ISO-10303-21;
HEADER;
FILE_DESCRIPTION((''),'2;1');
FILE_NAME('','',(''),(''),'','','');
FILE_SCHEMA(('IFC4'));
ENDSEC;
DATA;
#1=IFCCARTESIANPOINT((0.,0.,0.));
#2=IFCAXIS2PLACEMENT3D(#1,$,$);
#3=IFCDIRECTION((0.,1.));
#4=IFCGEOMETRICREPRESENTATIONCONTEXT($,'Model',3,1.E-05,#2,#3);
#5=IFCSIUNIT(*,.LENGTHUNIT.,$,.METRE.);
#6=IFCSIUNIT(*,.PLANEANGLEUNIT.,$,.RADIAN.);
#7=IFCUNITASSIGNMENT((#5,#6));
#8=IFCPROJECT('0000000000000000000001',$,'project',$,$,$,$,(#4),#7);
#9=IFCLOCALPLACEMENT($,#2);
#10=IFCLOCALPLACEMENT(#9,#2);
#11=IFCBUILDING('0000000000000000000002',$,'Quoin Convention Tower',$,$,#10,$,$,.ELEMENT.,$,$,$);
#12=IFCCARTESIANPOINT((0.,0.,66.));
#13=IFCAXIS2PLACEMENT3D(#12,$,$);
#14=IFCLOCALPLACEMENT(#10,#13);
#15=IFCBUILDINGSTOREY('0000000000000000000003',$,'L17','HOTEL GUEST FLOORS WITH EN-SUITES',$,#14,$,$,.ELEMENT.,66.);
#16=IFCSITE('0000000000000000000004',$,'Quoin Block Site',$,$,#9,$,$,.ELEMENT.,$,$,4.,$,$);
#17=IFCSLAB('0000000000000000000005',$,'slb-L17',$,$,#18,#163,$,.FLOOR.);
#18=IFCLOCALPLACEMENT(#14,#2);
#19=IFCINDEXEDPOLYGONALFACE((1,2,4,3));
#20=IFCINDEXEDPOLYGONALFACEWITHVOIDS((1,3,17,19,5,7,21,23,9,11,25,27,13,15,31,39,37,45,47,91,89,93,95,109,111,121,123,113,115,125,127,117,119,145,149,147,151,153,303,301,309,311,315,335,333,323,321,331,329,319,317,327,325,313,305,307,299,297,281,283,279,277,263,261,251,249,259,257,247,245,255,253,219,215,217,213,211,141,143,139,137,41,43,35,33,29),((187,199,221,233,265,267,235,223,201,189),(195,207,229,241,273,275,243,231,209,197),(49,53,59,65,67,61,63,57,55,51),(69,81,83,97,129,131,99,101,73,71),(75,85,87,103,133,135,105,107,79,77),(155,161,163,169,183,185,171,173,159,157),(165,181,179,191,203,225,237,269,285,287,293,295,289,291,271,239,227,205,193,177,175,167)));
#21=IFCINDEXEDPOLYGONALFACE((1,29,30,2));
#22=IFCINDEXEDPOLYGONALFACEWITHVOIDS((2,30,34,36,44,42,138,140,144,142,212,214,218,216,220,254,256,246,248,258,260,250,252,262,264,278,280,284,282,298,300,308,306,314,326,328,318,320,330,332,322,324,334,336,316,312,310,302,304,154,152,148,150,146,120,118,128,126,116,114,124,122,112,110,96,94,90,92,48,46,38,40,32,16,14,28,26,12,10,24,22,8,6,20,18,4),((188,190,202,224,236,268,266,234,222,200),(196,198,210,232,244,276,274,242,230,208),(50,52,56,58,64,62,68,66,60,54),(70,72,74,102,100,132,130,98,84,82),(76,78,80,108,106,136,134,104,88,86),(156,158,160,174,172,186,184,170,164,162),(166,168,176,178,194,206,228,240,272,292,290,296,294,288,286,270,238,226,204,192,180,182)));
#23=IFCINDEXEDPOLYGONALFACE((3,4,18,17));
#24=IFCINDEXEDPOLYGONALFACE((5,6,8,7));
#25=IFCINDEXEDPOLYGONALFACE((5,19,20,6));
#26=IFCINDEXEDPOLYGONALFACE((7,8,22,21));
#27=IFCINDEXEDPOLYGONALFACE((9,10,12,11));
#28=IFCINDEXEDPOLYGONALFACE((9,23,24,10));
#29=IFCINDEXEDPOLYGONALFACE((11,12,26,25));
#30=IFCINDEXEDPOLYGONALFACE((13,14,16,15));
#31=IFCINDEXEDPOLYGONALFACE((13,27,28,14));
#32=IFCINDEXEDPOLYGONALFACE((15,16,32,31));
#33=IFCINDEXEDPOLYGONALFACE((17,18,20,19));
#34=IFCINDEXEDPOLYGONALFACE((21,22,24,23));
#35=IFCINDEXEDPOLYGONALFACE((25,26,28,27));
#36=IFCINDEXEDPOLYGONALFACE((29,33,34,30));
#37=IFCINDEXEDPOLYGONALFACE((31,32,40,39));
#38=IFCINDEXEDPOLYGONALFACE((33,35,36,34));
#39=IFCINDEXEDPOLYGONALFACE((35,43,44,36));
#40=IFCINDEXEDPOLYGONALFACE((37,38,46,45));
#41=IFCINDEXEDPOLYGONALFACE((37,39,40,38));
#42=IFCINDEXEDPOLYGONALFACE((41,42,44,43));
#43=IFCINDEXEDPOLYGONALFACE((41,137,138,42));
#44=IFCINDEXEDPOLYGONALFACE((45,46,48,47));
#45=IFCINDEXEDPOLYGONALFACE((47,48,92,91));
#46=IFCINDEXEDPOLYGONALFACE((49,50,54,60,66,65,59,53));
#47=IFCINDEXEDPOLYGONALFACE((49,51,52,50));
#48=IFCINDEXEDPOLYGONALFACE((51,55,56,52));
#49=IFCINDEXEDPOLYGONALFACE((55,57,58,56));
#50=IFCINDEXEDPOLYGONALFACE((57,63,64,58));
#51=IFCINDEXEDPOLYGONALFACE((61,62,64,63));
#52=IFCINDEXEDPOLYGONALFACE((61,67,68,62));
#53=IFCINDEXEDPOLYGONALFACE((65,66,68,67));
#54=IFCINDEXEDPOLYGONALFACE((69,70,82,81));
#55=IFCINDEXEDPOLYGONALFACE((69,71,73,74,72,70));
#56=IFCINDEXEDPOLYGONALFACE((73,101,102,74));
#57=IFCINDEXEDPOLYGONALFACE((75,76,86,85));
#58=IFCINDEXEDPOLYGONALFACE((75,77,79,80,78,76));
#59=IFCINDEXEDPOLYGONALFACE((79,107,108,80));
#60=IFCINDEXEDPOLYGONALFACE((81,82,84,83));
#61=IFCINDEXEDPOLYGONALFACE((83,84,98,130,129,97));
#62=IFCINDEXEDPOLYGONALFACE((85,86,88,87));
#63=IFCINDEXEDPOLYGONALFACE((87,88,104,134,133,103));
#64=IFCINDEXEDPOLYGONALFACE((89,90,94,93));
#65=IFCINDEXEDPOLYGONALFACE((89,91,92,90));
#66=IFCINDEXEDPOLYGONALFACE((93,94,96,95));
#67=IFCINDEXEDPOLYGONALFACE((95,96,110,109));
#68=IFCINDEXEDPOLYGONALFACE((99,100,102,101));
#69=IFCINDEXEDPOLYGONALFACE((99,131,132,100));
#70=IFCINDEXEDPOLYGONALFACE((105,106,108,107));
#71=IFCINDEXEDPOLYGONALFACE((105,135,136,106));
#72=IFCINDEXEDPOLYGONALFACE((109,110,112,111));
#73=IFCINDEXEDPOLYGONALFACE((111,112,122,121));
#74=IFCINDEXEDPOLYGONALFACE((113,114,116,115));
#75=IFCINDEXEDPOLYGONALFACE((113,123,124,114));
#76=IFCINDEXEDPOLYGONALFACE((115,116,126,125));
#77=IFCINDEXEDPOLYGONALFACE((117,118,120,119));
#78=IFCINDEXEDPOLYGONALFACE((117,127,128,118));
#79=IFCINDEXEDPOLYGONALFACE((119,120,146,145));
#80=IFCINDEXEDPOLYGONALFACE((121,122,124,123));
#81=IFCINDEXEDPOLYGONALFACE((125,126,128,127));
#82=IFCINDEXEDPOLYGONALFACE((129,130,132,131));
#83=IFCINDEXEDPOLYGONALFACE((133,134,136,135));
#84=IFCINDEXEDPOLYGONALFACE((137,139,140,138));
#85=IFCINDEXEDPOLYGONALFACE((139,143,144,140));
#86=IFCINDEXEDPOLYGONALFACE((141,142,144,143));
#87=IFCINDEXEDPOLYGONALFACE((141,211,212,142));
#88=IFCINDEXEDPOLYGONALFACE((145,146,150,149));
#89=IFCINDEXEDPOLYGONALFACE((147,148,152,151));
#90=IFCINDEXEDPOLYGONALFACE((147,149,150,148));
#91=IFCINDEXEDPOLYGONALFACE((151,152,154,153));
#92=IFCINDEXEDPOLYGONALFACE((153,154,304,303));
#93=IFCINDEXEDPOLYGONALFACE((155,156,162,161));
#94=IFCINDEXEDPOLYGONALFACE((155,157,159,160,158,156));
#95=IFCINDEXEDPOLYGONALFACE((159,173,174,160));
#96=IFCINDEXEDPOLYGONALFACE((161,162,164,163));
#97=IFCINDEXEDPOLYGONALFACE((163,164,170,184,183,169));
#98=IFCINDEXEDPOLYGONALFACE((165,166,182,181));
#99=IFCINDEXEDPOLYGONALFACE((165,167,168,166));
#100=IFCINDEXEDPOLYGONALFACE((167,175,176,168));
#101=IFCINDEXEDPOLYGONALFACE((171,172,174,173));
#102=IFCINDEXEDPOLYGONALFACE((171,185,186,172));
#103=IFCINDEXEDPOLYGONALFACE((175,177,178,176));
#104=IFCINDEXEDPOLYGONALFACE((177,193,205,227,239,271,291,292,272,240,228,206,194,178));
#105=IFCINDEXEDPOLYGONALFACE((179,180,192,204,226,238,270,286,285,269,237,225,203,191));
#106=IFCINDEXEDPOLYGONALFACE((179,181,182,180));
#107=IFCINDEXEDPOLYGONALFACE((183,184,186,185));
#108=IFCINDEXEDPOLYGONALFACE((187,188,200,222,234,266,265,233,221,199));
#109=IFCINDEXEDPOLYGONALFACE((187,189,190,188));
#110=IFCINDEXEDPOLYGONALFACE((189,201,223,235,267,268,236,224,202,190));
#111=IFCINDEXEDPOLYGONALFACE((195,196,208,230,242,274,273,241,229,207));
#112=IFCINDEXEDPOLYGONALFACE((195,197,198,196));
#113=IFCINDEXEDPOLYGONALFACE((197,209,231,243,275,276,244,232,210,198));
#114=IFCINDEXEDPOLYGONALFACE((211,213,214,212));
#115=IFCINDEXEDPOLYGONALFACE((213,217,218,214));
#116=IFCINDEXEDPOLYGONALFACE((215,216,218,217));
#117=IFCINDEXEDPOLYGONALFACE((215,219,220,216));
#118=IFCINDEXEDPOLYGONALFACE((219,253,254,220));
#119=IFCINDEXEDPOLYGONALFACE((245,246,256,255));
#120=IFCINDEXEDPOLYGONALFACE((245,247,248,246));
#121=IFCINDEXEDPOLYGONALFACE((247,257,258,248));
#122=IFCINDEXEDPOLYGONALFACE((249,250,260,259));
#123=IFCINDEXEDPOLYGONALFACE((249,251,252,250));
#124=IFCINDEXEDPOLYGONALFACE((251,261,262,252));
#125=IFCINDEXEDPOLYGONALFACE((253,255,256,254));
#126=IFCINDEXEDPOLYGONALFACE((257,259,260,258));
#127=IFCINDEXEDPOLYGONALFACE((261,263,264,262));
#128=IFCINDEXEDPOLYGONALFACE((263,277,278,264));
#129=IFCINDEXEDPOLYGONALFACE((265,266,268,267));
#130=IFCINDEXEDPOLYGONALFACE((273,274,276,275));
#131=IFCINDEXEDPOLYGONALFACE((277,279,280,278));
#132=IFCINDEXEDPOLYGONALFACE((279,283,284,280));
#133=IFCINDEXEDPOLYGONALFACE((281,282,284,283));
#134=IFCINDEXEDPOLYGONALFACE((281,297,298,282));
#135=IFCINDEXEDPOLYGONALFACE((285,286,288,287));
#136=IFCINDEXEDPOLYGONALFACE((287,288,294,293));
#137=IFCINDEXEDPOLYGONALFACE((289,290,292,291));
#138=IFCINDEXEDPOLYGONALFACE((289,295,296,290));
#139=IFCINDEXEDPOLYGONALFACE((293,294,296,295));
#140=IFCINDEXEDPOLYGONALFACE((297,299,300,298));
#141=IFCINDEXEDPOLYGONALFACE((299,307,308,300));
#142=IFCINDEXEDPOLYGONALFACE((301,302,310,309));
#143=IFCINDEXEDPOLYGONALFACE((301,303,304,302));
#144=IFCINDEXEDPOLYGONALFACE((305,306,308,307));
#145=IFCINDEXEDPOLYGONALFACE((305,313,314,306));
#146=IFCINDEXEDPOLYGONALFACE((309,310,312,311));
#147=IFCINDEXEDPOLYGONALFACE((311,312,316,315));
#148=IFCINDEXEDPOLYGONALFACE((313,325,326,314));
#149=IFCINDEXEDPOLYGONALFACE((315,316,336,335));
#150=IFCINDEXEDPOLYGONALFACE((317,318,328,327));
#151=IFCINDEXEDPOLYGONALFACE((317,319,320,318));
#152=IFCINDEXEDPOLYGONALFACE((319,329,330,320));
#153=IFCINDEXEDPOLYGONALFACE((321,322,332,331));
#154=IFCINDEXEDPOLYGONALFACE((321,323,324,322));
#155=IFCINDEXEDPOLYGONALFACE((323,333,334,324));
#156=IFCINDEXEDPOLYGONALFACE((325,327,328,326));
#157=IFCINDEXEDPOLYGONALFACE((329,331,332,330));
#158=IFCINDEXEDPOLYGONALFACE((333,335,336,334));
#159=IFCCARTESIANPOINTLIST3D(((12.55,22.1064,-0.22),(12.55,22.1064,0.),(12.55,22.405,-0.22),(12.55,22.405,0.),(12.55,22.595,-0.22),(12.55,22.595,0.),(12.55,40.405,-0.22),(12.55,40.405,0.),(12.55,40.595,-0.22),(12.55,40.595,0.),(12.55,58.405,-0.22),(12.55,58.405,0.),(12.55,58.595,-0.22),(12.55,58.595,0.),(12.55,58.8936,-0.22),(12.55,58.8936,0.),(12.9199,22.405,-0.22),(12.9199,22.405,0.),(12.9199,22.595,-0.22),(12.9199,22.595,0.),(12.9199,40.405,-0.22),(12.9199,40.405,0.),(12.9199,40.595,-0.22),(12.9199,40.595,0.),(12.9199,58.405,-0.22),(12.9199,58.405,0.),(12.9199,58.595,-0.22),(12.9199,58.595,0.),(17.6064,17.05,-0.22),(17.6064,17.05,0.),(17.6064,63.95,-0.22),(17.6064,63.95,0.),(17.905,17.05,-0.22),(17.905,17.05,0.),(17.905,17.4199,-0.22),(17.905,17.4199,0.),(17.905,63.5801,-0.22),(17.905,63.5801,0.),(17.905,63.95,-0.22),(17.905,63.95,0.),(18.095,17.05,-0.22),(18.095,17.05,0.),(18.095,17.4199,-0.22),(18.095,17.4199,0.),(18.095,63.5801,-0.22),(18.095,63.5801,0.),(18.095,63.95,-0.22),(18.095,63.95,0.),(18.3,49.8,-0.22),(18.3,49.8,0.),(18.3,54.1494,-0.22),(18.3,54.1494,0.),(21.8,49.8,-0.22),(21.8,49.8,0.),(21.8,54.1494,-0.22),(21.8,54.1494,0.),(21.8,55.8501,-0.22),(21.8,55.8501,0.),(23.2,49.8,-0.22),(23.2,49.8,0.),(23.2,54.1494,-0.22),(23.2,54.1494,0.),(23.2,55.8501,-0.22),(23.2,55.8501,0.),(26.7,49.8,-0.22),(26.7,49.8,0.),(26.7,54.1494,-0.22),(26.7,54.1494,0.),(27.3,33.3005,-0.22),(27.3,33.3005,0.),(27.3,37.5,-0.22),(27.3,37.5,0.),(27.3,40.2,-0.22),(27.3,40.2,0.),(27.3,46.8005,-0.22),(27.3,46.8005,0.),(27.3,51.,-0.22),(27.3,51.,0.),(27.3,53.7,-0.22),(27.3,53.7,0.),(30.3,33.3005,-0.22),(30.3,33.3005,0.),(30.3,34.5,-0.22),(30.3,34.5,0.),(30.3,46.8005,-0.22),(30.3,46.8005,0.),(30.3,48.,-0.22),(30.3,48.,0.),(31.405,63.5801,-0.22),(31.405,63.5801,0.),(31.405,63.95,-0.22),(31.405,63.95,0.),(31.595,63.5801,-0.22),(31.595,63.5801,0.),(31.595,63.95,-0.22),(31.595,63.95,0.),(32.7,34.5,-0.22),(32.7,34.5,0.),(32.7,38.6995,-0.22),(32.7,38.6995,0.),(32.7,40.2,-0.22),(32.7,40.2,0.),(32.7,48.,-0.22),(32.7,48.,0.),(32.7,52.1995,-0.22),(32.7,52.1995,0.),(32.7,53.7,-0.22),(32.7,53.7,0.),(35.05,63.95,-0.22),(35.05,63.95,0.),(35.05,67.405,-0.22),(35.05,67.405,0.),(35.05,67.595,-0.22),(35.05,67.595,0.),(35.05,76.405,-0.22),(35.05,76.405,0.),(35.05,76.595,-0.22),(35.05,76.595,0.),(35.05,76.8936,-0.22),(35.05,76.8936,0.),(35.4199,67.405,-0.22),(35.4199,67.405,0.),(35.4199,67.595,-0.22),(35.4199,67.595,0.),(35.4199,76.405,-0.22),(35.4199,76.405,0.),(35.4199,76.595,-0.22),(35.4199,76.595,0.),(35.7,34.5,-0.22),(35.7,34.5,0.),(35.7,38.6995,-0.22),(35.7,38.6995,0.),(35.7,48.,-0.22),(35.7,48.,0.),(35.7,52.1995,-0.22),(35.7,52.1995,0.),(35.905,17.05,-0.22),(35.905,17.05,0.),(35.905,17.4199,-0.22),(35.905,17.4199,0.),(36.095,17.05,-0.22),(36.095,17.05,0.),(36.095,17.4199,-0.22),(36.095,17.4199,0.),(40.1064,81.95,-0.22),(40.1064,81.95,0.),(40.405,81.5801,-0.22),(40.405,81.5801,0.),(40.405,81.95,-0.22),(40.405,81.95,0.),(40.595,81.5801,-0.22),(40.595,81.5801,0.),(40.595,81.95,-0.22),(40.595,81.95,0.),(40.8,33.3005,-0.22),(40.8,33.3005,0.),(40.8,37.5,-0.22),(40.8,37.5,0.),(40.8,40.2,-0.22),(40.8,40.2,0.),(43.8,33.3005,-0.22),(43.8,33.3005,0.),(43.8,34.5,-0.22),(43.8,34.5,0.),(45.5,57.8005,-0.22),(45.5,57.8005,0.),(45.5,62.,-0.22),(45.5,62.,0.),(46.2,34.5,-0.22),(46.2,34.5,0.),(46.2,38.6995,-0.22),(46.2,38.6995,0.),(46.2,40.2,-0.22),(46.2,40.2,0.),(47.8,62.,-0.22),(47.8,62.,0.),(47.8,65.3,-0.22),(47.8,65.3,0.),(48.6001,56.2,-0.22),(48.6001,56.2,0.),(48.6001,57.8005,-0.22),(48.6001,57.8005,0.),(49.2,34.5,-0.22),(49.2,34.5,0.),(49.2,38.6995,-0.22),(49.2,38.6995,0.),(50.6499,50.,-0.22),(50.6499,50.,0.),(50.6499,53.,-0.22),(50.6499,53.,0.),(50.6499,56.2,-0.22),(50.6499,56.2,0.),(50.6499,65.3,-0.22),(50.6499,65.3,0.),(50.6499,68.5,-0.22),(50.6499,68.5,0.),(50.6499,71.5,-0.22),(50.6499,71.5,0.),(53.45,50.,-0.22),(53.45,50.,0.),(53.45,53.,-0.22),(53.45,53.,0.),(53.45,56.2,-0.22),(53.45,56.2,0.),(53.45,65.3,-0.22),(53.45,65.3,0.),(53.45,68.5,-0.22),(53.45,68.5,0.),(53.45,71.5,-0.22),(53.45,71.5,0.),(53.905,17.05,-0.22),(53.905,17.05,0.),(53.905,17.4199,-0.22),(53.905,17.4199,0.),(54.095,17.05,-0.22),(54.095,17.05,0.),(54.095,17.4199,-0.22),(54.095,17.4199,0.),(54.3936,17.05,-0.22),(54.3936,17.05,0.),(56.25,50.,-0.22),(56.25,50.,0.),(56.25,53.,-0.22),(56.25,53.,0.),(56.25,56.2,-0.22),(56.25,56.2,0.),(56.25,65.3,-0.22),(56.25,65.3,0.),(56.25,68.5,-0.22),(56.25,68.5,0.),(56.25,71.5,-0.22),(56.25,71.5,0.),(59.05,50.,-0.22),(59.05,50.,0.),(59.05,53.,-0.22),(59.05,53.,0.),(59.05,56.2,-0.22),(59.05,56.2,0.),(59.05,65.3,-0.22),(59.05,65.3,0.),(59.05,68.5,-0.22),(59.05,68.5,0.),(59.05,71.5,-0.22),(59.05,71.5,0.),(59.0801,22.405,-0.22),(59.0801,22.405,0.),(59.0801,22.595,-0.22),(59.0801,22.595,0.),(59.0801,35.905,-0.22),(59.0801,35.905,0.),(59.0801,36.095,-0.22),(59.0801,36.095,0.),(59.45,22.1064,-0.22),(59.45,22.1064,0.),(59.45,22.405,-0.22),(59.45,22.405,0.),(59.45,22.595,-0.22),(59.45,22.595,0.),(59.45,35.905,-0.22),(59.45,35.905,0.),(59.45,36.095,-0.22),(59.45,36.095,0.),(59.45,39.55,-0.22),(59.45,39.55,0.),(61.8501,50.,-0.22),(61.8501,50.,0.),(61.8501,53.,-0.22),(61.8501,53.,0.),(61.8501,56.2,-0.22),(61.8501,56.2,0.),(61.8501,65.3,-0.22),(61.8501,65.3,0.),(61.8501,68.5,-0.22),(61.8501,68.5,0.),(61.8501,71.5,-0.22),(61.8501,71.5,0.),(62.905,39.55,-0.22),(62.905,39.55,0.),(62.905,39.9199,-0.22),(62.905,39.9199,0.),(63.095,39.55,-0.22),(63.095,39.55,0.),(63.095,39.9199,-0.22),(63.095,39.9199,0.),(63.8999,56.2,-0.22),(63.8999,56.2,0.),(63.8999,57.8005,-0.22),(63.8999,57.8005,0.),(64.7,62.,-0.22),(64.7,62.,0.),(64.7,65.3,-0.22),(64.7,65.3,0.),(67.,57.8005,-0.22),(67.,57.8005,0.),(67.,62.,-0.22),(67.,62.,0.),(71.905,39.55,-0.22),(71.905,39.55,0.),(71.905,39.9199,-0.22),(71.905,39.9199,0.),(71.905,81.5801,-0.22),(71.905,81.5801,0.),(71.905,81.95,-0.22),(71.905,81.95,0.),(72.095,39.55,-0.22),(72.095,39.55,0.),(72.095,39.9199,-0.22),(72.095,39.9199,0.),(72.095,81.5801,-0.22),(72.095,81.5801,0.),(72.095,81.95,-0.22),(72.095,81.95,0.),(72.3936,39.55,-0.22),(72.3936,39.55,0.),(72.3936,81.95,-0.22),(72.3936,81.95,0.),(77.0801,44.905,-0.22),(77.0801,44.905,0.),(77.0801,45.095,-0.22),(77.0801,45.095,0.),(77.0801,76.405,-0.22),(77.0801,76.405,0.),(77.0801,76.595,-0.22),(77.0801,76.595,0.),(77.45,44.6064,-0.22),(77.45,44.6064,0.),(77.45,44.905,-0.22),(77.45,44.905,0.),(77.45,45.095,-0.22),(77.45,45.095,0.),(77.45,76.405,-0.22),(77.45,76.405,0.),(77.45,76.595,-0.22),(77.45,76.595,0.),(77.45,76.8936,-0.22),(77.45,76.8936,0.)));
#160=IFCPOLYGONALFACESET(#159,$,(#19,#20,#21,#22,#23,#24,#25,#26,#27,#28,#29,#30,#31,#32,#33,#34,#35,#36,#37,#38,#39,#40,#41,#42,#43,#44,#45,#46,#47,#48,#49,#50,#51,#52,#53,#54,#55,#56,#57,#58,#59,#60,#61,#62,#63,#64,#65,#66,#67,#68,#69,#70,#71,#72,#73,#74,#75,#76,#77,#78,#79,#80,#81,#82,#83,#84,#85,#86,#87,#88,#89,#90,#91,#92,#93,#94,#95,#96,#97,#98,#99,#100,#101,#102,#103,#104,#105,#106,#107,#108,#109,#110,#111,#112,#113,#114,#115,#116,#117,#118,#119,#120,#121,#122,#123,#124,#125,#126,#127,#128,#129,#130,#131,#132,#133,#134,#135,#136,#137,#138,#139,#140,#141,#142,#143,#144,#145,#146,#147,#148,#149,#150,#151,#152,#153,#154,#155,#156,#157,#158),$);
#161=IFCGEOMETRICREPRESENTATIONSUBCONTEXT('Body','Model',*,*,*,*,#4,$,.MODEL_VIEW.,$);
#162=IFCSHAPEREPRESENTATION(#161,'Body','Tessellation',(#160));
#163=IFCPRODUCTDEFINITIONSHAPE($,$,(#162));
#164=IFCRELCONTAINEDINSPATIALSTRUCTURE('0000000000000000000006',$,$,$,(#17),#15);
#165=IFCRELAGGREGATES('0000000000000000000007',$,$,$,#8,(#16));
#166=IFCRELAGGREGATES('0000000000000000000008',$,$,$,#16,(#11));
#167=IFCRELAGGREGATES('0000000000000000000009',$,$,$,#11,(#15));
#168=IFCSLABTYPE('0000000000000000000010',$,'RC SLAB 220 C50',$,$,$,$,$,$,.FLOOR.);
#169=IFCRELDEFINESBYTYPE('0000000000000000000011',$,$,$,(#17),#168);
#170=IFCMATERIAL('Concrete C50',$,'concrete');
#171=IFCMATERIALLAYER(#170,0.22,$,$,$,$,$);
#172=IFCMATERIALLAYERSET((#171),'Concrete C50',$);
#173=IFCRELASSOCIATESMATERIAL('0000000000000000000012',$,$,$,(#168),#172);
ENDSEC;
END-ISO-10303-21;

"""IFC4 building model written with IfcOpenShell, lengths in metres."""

from ifc_helpers import new_model, si_unit, direction, frame, origin, place, context, subcontext, project, spatial, polyline, outline, extrude, material, layer, layer_set, type_object, element, save


model = new_model("IFC4")

# Units and contexts
model_context = context("Model", 3, precision=1e-05, world=origin(), true_north=direction((0.0, 1.0)))
body_context = subcontext(model_context, "Body", "Model", "MODEL_VIEW")
ifc_project = project(units=[si_unit("LENGTHUNIT", "METRE"), si_unit("PLANEANGLEUNIT", "RADIAN")], contexts=[model_context])

# Site, building, storey
site_placement = place(None, origin())
site = spatial("IfcSite", under=ifc_project, at=site_placement, Name="Quoin Block Site", CompositionType="ELEMENT", RefElevation=4.0)
building_placement = place(site_placement, origin())
building = spatial("IfcBuilding", under=site, at=building_placement, Name="Quoin Convention Tower", CompositionType="ELEMENT")
storey_placement = place(building_placement, frame((0.0, 0.0, 66.0)))
storey = spatial("IfcBuildingStorey", under=building, at=storey_placement, Name="L17", Description="HOTEL GUEST FLOORS WITH EN-SUITES", CompositionType="ELEMENT", Elevation=66.0)

# Slab
ifc_material_1 = material(Name="Concrete C50", Category="concrete")
ifc_layer_1 = layer(ifc_material_1, 0.22)
ifc_layer_set_1 = layer_set([ifc_layer_1], Name="Concrete C50")
slab_type_1 = type_object("IfcSlabType", Name="RC SLAB 220 C50", PredefinedType="FLOOR", material=ifc_layer_set_1)
slab_1_placement = place(storey_placement, frame((0.0, 0.0, -0.22)))
element("IfcSlab", 1, at=slab_1_placement, inside=storey, type_object=slab_type_1, Name="slb-L17", PredefinedType="FLOOR", context=body_context, shape_type="SweptSolid", body=[
    extrude(outline(polyline([(17.6064, 63.95), (17.905, 63.95), (17.905, 63.5801), (18.095, 63.5801), (18.095, 63.95), (31.405, 63.95), (31.405, 63.5801), (31.595, 63.5801), (31.595, 63.95), (35.05, 63.95), (35.05, 67.405), (35.4199, 67.405), (35.4199, 67.595), (35.05, 67.595), (35.05, 76.405), (35.4199, 76.405), (35.4199, 76.595), (35.05, 76.595), (35.05, 76.8936), (40.1064, 81.95), (40.405, 81.95), (40.405, 81.5801), (40.595, 81.5801), (40.595, 81.95), (71.905, 81.95), (71.905, 81.5801), (72.095, 81.5801), (72.095, 81.95), (72.3936, 81.95), (77.45, 76.8936), (77.45, 76.595), (77.0801, 76.595), (77.0801, 76.405), (77.45, 76.405), (77.45, 45.095), (77.0801, 45.095), (77.0801, 44.905), (77.45, 44.905), (77.45, 44.6064), (72.3936, 39.55), (72.095, 39.55), (72.095, 39.9199), (71.905, 39.9199), (71.905, 39.55), (63.095, 39.55), (63.095, 39.9199), (62.905, 39.9199), (62.905, 39.55), (59.45, 39.55), (59.45, 36.095), (59.0801, 36.095), (59.0801, 35.905), (59.45, 35.905), (59.45, 22.595), (59.0801, 22.595), (59.0801, 22.405), (59.45, 22.405), (59.45, 22.1064), (54.3936, 17.05), (54.095, 17.05), (54.095, 17.4199), (53.905, 17.4199), (53.905, 17.05), (36.095, 17.05), (36.095, 17.4199), (35.905, 17.4199), (35.905, 17.05), (18.095, 17.05), (18.095, 17.4199), (17.905, 17.4199), (17.905, 17.05), (17.6064, 17.05), (12.55, 22.1064), (12.55, 22.405), (12.9199, 22.405), (12.9199, 22.595), (12.55, 22.595), (12.55, 40.405), (12.9199, 40.405), (12.9199, 40.595), (12.55, 40.595), (12.55, 58.405), (12.9199, 58.405), (12.9199, 58.595), (12.55, 58.595), (12.55, 58.8936), (17.6064, 63.95)]), holes=[polyline([(30.3, 34.5), (32.7, 34.5), (35.7, 34.5), (35.7, 38.6995), (32.7, 38.6995), (32.7, 40.2), (27.3, 40.2), (27.3, 37.5), (27.3, 33.3005), (30.3, 33.3005), (30.3, 34.5)]), polyline([(43.8, 34.5), (46.2, 34.5), (49.2, 34.5), (49.2, 38.6995), (46.2, 38.6995), (46.2, 40.2), (40.8, 40.2), (40.8, 37.5), (40.8, 33.3005), (43.8, 33.3005), (43.8, 34.5)]), polyline([(30.3, 46.8005), (30.3, 48.0), (32.7, 48.0), (35.7, 48.0), (35.7, 52.1995), (32.7, 52.1995), (32.7, 53.7), (27.3, 53.7), (27.3, 51.0), (27.3, 46.8005), (30.3, 46.8005)]), polyline([(56.25, 50.0), (59.05, 50.0), (61.8501, 50.0), (61.8501, 53.0), (59.05, 53.0), (56.25, 53.0), (53.45, 53.0), (50.6499, 53.0), (50.6499, 50.0), (53.45, 50.0), (56.25, 50.0)]), polyline([(26.7, 49.8), (26.7, 54.1494), (23.2, 54.1494), (23.2, 55.8501), (21.8, 55.8501), (21.8, 54.1494), (18.3, 54.1494), (18.3, 49.8), (21.8, 49.8), (23.2, 49.8), (26.7, 49.8)]), polyline([(48.6001, 57.8005), (48.6001, 56.2), (50.6499, 56.2), (53.45, 56.2), (56.25, 56.2), (59.05, 56.2), (61.8501, 56.2), (63.8999, 56.2), (63.8999, 57.8005), (67.0, 57.8005), (67.0, 62.0), (64.7, 62.0), (64.7, 65.3), (61.8501, 65.3), (59.05, 65.3), (56.25, 65.3), (53.45, 65.3), (50.6499, 65.3), (47.8, 65.3), (47.8, 62.0), (45.5, 62.0), (45.5, 57.8005), (48.6001, 57.8005)]), polyline([(61.8501, 68.5), (61.8501, 71.5), (59.05, 71.5), (56.25, 71.5), (53.45, 71.5), (50.6499, 71.5), (50.6499, 68.5), (53.45, 68.5), (56.25, 68.5), (59.05, 68.5), (61.8501, 68.5)])]), origin(), (0.0, 0.0, 1.0), 0.22),
])

save(model, "model.ifc")
